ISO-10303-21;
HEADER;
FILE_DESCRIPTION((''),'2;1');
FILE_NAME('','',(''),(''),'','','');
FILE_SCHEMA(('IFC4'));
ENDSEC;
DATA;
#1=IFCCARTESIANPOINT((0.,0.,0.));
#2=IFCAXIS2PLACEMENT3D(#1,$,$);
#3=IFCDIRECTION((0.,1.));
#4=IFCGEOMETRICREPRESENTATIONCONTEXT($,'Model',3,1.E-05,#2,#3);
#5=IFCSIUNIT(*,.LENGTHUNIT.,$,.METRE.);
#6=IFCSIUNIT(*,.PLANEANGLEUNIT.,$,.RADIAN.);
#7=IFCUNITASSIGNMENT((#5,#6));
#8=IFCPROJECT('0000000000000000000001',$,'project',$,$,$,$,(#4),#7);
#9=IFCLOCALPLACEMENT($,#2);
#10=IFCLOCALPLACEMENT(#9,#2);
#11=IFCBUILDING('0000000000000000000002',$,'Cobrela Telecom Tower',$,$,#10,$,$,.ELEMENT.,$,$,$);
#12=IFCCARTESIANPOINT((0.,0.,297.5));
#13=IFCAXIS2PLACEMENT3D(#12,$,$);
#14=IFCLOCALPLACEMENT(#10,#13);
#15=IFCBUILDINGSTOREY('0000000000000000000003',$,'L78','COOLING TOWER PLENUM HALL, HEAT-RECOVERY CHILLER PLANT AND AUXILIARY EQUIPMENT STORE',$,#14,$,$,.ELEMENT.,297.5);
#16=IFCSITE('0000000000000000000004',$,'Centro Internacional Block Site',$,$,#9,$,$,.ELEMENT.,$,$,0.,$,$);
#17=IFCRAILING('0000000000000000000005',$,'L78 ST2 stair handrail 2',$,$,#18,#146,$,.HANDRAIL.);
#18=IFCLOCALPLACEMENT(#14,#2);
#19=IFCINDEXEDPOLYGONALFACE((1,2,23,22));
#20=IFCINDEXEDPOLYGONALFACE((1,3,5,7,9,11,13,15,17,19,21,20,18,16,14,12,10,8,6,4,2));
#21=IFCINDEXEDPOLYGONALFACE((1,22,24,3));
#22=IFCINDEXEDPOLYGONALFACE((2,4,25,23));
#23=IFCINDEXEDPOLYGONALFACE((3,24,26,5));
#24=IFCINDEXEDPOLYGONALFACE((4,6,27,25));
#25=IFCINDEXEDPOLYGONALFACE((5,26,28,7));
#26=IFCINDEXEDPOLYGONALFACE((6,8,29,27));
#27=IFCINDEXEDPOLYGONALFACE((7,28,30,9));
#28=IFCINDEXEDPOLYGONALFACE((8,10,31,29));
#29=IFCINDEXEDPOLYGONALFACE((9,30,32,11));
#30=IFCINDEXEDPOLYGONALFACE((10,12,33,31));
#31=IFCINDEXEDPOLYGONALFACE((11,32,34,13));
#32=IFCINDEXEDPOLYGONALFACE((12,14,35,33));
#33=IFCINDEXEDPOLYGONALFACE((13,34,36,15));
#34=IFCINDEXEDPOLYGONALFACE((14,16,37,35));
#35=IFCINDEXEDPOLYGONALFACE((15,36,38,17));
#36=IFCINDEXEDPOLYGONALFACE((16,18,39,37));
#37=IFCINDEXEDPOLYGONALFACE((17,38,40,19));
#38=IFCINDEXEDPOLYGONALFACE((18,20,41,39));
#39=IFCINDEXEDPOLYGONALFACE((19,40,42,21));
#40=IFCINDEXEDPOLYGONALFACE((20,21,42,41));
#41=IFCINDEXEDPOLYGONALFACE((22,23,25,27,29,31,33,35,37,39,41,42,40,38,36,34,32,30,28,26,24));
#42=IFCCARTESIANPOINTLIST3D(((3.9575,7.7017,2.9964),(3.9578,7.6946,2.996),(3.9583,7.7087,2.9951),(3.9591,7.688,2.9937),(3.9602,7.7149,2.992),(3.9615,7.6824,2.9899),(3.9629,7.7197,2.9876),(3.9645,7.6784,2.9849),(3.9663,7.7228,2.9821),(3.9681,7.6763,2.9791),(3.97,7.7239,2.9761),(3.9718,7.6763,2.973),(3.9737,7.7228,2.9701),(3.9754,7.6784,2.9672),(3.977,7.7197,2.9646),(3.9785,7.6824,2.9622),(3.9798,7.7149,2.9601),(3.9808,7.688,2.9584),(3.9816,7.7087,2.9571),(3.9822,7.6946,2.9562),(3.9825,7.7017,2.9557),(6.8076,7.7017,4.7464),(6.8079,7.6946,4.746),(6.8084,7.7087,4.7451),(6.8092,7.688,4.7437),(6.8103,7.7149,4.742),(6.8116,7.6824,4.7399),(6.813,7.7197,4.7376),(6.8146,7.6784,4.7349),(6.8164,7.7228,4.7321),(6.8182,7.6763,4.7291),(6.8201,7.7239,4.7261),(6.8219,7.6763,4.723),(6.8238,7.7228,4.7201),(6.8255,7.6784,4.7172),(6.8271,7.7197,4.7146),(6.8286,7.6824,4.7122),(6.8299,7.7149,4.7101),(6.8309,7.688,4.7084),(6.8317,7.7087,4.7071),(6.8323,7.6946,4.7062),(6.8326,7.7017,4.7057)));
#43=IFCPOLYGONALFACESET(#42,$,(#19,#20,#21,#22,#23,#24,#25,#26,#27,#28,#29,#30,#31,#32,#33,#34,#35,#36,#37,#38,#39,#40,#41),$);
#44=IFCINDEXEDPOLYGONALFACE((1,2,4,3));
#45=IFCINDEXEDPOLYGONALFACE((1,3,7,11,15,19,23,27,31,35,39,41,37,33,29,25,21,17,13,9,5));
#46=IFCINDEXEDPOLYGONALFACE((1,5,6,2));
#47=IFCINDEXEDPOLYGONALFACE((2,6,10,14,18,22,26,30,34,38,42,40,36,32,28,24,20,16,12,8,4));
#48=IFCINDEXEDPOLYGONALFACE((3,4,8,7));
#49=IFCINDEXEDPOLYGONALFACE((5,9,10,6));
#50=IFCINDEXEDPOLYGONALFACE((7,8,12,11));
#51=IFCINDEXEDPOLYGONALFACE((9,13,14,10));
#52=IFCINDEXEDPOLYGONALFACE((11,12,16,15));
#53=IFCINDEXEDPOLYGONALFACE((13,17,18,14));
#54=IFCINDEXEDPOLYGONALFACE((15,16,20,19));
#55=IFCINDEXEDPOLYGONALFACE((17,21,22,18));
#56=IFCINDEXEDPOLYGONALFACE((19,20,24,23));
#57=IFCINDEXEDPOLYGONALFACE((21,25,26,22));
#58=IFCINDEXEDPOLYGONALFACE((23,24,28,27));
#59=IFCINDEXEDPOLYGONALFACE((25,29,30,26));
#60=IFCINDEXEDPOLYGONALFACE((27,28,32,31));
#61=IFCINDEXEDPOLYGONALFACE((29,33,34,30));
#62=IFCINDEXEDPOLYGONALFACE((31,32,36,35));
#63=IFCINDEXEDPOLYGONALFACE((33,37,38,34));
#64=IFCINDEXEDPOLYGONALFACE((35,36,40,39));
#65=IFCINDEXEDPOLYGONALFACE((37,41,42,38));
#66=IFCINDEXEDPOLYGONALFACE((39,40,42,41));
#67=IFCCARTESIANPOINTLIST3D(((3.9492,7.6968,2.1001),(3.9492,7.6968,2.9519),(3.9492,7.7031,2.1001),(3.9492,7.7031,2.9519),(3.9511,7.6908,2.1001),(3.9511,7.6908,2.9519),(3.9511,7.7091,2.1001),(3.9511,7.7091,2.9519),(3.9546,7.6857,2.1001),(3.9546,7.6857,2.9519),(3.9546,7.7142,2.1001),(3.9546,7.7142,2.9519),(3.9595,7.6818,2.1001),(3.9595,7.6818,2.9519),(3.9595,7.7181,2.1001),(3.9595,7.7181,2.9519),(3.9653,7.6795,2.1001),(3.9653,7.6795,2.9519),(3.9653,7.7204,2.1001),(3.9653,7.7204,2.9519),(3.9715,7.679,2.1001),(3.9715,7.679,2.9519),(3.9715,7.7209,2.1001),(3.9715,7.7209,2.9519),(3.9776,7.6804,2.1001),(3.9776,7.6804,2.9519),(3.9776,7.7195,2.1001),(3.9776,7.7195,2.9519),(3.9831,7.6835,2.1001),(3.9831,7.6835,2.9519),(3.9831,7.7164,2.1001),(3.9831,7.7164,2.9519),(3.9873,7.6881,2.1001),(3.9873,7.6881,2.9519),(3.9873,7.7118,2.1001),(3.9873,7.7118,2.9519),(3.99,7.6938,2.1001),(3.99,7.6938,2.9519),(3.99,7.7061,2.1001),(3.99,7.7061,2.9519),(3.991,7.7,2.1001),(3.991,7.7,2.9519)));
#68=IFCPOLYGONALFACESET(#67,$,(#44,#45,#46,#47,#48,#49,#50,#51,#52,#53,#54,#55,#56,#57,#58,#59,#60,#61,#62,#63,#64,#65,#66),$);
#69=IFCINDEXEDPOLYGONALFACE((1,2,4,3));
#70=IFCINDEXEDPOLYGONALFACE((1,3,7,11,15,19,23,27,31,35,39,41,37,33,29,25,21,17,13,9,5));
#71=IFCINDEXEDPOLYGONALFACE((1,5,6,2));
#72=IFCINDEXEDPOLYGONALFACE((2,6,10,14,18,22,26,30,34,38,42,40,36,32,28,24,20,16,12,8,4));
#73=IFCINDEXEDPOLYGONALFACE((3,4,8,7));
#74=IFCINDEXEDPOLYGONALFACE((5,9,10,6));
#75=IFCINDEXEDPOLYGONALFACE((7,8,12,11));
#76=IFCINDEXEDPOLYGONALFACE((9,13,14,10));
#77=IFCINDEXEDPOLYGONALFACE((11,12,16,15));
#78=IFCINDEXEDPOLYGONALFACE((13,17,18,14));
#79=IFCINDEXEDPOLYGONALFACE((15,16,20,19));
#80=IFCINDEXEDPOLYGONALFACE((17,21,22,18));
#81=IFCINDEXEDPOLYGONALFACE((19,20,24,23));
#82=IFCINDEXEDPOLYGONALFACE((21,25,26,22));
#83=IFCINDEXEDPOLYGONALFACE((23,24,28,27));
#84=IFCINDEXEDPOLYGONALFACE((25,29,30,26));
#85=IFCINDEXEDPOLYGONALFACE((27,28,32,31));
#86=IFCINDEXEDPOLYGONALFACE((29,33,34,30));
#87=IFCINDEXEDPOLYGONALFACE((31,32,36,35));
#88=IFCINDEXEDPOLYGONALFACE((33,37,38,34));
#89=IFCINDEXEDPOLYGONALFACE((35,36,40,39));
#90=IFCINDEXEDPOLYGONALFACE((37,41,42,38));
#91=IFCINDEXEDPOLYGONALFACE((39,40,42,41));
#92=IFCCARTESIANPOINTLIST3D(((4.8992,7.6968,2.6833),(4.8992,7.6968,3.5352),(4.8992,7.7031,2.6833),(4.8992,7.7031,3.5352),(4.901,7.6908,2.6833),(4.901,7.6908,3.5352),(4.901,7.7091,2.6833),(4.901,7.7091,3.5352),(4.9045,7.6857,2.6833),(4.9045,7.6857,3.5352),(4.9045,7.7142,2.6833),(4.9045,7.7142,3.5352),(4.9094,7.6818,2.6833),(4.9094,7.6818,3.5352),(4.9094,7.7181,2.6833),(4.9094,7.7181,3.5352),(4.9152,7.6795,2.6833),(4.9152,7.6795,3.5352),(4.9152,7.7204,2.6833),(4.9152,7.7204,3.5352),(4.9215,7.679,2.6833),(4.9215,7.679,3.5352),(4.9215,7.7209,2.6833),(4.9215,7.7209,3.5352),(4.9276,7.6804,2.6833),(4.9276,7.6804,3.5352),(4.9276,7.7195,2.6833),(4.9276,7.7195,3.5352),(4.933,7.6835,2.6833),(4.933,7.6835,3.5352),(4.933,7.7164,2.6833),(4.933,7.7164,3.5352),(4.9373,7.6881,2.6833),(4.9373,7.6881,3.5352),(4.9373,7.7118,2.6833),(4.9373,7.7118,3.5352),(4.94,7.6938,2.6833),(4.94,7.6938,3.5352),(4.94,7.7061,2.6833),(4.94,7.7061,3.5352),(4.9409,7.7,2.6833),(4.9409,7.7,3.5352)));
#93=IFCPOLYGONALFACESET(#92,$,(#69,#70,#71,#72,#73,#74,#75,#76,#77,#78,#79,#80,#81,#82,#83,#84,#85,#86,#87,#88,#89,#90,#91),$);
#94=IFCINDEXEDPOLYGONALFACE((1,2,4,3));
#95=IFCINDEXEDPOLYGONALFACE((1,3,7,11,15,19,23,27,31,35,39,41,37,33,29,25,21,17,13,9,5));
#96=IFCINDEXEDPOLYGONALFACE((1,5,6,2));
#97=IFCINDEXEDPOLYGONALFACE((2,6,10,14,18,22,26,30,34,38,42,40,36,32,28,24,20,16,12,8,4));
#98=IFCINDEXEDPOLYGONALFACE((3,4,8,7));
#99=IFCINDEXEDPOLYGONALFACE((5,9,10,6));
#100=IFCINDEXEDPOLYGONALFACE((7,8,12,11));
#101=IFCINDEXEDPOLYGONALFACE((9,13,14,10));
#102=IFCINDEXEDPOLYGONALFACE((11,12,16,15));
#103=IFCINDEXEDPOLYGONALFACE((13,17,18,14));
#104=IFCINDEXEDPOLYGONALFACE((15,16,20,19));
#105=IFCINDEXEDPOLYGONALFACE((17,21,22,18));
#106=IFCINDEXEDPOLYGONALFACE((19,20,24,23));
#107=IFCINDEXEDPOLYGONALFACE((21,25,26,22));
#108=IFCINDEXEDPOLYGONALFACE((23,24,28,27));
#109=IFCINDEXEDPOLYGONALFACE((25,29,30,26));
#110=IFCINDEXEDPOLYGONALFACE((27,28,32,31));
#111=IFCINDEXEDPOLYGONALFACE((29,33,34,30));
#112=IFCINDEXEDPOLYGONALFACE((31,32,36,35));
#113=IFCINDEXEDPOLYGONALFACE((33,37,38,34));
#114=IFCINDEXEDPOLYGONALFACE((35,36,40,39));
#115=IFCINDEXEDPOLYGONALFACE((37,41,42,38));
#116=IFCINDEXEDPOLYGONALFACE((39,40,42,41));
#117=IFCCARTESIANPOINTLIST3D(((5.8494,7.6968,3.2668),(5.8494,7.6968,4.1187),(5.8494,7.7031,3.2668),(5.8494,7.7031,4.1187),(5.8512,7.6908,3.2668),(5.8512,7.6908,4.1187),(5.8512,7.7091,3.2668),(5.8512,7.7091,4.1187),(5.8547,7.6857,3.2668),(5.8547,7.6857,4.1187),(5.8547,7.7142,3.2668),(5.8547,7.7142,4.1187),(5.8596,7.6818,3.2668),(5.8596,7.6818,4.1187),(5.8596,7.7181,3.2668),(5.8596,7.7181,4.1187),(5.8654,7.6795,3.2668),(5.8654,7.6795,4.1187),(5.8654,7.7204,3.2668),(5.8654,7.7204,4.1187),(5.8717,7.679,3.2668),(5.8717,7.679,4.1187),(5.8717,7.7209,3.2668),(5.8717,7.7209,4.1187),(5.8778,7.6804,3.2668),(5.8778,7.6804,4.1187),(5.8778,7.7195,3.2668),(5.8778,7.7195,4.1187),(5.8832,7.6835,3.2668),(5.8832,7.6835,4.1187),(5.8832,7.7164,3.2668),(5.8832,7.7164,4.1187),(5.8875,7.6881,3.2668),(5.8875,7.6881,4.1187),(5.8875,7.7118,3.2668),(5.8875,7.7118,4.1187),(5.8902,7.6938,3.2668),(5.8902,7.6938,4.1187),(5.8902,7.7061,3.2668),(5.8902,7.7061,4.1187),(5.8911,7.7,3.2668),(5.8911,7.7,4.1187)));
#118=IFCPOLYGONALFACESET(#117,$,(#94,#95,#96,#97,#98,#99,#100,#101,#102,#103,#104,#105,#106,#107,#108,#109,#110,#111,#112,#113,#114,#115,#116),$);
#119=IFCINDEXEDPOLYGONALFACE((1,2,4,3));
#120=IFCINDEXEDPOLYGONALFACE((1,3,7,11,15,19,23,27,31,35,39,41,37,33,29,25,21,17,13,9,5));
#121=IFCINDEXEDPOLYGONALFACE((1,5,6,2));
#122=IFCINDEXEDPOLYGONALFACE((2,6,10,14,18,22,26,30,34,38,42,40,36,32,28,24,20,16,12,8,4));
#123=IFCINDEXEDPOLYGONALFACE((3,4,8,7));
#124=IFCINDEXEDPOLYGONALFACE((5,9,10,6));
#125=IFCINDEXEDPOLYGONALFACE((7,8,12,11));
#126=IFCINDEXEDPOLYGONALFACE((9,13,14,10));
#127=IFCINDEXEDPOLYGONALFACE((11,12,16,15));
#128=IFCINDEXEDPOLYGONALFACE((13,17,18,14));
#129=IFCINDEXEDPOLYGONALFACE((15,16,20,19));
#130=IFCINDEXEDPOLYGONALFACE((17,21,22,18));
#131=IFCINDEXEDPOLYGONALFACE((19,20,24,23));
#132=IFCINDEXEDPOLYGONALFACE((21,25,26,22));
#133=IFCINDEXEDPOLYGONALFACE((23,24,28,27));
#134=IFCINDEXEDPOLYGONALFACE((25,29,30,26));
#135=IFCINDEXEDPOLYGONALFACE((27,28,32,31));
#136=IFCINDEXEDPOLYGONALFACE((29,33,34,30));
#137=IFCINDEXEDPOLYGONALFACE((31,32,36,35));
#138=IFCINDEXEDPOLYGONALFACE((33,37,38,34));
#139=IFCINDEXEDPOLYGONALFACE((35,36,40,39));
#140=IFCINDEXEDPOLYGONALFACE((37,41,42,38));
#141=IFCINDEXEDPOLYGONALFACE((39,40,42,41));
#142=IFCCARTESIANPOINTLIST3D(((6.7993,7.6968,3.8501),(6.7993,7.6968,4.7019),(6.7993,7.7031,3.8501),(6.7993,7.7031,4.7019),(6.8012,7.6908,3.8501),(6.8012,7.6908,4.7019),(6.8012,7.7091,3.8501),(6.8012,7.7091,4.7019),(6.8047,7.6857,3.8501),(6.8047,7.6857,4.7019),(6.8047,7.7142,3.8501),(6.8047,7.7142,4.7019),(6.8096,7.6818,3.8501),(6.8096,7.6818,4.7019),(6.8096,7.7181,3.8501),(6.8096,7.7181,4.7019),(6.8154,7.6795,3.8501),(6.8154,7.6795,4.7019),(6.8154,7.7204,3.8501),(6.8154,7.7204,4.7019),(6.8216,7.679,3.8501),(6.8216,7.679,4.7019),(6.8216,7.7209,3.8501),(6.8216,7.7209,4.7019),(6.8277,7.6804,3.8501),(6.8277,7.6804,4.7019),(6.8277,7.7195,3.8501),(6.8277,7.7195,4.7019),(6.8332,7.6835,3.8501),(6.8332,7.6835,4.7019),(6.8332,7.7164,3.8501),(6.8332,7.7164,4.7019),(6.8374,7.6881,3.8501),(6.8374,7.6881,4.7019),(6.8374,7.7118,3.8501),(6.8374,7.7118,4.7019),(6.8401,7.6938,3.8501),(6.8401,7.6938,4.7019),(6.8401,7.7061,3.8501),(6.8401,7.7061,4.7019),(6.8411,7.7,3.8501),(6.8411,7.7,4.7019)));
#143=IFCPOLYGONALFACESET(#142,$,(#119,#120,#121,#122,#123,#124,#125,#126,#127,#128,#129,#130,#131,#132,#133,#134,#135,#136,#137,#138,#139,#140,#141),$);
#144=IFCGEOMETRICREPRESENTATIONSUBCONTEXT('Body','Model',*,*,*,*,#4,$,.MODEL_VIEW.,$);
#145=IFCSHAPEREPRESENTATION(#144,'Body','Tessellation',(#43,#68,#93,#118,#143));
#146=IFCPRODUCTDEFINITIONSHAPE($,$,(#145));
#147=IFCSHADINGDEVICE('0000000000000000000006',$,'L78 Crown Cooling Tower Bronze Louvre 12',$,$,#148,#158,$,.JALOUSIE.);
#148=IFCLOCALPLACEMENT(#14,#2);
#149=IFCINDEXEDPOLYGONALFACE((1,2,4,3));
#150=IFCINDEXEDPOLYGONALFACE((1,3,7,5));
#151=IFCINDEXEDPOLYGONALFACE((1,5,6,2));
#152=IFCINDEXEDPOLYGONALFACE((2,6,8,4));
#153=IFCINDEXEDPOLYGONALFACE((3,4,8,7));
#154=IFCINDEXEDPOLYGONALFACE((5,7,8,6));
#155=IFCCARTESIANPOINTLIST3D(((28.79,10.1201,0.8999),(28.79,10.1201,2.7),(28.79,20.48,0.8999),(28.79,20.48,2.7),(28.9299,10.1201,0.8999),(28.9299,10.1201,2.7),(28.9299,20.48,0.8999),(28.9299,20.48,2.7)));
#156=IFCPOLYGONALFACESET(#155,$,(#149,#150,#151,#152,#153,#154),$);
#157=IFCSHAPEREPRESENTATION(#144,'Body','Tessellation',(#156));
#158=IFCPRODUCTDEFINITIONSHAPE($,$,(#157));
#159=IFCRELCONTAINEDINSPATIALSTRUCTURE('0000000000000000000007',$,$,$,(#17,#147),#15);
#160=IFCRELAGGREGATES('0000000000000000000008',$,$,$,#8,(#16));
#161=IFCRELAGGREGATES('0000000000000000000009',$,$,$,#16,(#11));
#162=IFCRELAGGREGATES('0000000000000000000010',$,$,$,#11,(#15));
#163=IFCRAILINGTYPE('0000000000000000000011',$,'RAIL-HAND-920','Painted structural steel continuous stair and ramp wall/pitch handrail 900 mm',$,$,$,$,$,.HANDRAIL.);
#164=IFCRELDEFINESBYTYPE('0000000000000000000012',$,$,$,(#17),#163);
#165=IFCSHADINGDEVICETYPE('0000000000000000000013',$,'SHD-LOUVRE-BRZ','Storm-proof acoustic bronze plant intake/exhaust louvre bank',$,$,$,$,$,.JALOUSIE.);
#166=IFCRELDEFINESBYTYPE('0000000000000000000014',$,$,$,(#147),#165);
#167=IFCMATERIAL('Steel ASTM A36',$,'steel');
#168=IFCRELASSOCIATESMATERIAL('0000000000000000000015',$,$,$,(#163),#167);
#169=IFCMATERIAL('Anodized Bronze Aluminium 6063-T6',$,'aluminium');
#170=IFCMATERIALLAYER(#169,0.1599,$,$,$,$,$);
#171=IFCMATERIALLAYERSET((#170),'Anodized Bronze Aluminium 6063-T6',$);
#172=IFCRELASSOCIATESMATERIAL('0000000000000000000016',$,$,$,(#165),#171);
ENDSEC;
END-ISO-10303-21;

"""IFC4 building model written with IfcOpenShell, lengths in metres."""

from ifc_helpers import new_model, si_unit, direction, frame, origin, origin_2d, place, context, subcontext, project, spatial, polyline, circle, outline, extrude, material, layer, layer_set, type_object, element, save


model = new_model("IFC4")

# Units and contexts
model_context = context("Model", 3, precision=1e-05, world=origin(), true_north=direction((0.0, 1.0)))
body_context = subcontext(model_context, "Body", "Model", "MODEL_VIEW")
ifc_project = project(units=[si_unit("LENGTHUNIT", "METRE"), si_unit("PLANEANGLEUNIT", "RADIAN")], contexts=[model_context])

# Site, building, storey
site_placement = place(None, origin())
site = spatial("IfcSite", under=ifc_project, at=site_placement, Name="Centro Internacional Block Site", CompositionType="ELEMENT", RefElevation=0.0)
building_placement = place(site_placement, origin())
building = spatial("IfcBuilding", under=site, at=building_placement, Name="Cobrela Telecom Tower", CompositionType="ELEMENT")
storey_placement = place(building_placement, frame((0.0, 0.0, 297.5)))
storey = spatial("IfcBuildingStorey", under=building, at=storey_placement, Name="L78", Description="COOLING TOWER PLENUM HALL, HEAT-RECOVERY CHILLER PLANT AND AUXILIARY EQUIPMENT STORE", CompositionType="ELEMENT", Elevation=297.5)

# Shared definitions
ifc_material_1 = material(Name="Steel ASTM A36", Category="steel")

# Railing
railing_type_1 = type_object("IfcRailingType", Name="RAIL-HAND-920", Description="Painted structural steel continuous stair and ramp wall/pitch handrail 900 mm", PredefinedType="HANDRAIL", material=ifc_material_1)
railing_1_placement = place(storey_placement, frame((3.97, 7.7, 2.1001)))
element("IfcRailing", 1, at=railing_1_placement, inside=storey, type_object=railing_type_1, Name="L78 ST2 stair handrail 2", PredefinedType="HANDRAIL", context=body_context, shape_type="SweptSolid", body=[
    extrude(circle(Radius=0.0239, at=origin_2d()), frame((0.0, 0.0, 0.876), z_axis=(0.852179, 0.0, 0.52325), x_axis=(0.0, 1.0, 0.0)), (0.0, 0.0, 1.0), 3.3445),
    extrude(circle(Radius=0.021, at=origin_2d()), origin(), (0.0, 0.0, 1.0), 0.8518),
    extrude(circle(Radius=0.021, at=origin_2d()), frame((0.95, 0.0, 0.5833)), (0.0, 0.0, 1.0), 0.8518),
    extrude(circle(Radius=0.021, at=origin_2d()), frame((1.9001, 0.0, 1.1667)), (0.0, 0.0, 1.0), 0.8518),
    extrude(circle(Radius=0.021, at=origin_2d()), frame((2.8501, 0.0, 1.75)), (0.0, 0.0, 1.0), 0.8518),
])

# Shading device
ifc_material_2 = material(Name="Anodized Bronze Aluminium 6063-T6", Category="aluminium")
ifc_layer_1 = layer(ifc_material_2, 0.1599)
ifc_layer_set_1 = layer_set([ifc_layer_1], Name="Anodized Bronze Aluminium 6063-T6")
shading_device_type = type_object("IfcShadingDeviceType", Name="SHD-LOUVRE-BRZ", Description="Storm-proof acoustic bronze plant intake/exhaust louvre bank", PredefinedType="JALOUSIE", material=ifc_layer_set_1)
shading_device_placement = place(storey_placement, frame((0.0, 0.0, 0.8999)))
element("IfcShadingDevice", 2, at=shading_device_placement, inside=storey, type_object=shading_device_type, Name="L78 Crown Cooling Tower Bronze Louvre 12", PredefinedType="JALOUSIE", context=body_context, shape_type="SweptSolid", body=[
    extrude(outline(polyline([(28.79, 20.48), (28.79, 10.1201), (28.9299, 10.1201), (28.9299, 20.48), (28.79, 20.48)])), origin(), (0.0, 0.0, 1.0), 1.8),
])

save(model, "model.ifc")
